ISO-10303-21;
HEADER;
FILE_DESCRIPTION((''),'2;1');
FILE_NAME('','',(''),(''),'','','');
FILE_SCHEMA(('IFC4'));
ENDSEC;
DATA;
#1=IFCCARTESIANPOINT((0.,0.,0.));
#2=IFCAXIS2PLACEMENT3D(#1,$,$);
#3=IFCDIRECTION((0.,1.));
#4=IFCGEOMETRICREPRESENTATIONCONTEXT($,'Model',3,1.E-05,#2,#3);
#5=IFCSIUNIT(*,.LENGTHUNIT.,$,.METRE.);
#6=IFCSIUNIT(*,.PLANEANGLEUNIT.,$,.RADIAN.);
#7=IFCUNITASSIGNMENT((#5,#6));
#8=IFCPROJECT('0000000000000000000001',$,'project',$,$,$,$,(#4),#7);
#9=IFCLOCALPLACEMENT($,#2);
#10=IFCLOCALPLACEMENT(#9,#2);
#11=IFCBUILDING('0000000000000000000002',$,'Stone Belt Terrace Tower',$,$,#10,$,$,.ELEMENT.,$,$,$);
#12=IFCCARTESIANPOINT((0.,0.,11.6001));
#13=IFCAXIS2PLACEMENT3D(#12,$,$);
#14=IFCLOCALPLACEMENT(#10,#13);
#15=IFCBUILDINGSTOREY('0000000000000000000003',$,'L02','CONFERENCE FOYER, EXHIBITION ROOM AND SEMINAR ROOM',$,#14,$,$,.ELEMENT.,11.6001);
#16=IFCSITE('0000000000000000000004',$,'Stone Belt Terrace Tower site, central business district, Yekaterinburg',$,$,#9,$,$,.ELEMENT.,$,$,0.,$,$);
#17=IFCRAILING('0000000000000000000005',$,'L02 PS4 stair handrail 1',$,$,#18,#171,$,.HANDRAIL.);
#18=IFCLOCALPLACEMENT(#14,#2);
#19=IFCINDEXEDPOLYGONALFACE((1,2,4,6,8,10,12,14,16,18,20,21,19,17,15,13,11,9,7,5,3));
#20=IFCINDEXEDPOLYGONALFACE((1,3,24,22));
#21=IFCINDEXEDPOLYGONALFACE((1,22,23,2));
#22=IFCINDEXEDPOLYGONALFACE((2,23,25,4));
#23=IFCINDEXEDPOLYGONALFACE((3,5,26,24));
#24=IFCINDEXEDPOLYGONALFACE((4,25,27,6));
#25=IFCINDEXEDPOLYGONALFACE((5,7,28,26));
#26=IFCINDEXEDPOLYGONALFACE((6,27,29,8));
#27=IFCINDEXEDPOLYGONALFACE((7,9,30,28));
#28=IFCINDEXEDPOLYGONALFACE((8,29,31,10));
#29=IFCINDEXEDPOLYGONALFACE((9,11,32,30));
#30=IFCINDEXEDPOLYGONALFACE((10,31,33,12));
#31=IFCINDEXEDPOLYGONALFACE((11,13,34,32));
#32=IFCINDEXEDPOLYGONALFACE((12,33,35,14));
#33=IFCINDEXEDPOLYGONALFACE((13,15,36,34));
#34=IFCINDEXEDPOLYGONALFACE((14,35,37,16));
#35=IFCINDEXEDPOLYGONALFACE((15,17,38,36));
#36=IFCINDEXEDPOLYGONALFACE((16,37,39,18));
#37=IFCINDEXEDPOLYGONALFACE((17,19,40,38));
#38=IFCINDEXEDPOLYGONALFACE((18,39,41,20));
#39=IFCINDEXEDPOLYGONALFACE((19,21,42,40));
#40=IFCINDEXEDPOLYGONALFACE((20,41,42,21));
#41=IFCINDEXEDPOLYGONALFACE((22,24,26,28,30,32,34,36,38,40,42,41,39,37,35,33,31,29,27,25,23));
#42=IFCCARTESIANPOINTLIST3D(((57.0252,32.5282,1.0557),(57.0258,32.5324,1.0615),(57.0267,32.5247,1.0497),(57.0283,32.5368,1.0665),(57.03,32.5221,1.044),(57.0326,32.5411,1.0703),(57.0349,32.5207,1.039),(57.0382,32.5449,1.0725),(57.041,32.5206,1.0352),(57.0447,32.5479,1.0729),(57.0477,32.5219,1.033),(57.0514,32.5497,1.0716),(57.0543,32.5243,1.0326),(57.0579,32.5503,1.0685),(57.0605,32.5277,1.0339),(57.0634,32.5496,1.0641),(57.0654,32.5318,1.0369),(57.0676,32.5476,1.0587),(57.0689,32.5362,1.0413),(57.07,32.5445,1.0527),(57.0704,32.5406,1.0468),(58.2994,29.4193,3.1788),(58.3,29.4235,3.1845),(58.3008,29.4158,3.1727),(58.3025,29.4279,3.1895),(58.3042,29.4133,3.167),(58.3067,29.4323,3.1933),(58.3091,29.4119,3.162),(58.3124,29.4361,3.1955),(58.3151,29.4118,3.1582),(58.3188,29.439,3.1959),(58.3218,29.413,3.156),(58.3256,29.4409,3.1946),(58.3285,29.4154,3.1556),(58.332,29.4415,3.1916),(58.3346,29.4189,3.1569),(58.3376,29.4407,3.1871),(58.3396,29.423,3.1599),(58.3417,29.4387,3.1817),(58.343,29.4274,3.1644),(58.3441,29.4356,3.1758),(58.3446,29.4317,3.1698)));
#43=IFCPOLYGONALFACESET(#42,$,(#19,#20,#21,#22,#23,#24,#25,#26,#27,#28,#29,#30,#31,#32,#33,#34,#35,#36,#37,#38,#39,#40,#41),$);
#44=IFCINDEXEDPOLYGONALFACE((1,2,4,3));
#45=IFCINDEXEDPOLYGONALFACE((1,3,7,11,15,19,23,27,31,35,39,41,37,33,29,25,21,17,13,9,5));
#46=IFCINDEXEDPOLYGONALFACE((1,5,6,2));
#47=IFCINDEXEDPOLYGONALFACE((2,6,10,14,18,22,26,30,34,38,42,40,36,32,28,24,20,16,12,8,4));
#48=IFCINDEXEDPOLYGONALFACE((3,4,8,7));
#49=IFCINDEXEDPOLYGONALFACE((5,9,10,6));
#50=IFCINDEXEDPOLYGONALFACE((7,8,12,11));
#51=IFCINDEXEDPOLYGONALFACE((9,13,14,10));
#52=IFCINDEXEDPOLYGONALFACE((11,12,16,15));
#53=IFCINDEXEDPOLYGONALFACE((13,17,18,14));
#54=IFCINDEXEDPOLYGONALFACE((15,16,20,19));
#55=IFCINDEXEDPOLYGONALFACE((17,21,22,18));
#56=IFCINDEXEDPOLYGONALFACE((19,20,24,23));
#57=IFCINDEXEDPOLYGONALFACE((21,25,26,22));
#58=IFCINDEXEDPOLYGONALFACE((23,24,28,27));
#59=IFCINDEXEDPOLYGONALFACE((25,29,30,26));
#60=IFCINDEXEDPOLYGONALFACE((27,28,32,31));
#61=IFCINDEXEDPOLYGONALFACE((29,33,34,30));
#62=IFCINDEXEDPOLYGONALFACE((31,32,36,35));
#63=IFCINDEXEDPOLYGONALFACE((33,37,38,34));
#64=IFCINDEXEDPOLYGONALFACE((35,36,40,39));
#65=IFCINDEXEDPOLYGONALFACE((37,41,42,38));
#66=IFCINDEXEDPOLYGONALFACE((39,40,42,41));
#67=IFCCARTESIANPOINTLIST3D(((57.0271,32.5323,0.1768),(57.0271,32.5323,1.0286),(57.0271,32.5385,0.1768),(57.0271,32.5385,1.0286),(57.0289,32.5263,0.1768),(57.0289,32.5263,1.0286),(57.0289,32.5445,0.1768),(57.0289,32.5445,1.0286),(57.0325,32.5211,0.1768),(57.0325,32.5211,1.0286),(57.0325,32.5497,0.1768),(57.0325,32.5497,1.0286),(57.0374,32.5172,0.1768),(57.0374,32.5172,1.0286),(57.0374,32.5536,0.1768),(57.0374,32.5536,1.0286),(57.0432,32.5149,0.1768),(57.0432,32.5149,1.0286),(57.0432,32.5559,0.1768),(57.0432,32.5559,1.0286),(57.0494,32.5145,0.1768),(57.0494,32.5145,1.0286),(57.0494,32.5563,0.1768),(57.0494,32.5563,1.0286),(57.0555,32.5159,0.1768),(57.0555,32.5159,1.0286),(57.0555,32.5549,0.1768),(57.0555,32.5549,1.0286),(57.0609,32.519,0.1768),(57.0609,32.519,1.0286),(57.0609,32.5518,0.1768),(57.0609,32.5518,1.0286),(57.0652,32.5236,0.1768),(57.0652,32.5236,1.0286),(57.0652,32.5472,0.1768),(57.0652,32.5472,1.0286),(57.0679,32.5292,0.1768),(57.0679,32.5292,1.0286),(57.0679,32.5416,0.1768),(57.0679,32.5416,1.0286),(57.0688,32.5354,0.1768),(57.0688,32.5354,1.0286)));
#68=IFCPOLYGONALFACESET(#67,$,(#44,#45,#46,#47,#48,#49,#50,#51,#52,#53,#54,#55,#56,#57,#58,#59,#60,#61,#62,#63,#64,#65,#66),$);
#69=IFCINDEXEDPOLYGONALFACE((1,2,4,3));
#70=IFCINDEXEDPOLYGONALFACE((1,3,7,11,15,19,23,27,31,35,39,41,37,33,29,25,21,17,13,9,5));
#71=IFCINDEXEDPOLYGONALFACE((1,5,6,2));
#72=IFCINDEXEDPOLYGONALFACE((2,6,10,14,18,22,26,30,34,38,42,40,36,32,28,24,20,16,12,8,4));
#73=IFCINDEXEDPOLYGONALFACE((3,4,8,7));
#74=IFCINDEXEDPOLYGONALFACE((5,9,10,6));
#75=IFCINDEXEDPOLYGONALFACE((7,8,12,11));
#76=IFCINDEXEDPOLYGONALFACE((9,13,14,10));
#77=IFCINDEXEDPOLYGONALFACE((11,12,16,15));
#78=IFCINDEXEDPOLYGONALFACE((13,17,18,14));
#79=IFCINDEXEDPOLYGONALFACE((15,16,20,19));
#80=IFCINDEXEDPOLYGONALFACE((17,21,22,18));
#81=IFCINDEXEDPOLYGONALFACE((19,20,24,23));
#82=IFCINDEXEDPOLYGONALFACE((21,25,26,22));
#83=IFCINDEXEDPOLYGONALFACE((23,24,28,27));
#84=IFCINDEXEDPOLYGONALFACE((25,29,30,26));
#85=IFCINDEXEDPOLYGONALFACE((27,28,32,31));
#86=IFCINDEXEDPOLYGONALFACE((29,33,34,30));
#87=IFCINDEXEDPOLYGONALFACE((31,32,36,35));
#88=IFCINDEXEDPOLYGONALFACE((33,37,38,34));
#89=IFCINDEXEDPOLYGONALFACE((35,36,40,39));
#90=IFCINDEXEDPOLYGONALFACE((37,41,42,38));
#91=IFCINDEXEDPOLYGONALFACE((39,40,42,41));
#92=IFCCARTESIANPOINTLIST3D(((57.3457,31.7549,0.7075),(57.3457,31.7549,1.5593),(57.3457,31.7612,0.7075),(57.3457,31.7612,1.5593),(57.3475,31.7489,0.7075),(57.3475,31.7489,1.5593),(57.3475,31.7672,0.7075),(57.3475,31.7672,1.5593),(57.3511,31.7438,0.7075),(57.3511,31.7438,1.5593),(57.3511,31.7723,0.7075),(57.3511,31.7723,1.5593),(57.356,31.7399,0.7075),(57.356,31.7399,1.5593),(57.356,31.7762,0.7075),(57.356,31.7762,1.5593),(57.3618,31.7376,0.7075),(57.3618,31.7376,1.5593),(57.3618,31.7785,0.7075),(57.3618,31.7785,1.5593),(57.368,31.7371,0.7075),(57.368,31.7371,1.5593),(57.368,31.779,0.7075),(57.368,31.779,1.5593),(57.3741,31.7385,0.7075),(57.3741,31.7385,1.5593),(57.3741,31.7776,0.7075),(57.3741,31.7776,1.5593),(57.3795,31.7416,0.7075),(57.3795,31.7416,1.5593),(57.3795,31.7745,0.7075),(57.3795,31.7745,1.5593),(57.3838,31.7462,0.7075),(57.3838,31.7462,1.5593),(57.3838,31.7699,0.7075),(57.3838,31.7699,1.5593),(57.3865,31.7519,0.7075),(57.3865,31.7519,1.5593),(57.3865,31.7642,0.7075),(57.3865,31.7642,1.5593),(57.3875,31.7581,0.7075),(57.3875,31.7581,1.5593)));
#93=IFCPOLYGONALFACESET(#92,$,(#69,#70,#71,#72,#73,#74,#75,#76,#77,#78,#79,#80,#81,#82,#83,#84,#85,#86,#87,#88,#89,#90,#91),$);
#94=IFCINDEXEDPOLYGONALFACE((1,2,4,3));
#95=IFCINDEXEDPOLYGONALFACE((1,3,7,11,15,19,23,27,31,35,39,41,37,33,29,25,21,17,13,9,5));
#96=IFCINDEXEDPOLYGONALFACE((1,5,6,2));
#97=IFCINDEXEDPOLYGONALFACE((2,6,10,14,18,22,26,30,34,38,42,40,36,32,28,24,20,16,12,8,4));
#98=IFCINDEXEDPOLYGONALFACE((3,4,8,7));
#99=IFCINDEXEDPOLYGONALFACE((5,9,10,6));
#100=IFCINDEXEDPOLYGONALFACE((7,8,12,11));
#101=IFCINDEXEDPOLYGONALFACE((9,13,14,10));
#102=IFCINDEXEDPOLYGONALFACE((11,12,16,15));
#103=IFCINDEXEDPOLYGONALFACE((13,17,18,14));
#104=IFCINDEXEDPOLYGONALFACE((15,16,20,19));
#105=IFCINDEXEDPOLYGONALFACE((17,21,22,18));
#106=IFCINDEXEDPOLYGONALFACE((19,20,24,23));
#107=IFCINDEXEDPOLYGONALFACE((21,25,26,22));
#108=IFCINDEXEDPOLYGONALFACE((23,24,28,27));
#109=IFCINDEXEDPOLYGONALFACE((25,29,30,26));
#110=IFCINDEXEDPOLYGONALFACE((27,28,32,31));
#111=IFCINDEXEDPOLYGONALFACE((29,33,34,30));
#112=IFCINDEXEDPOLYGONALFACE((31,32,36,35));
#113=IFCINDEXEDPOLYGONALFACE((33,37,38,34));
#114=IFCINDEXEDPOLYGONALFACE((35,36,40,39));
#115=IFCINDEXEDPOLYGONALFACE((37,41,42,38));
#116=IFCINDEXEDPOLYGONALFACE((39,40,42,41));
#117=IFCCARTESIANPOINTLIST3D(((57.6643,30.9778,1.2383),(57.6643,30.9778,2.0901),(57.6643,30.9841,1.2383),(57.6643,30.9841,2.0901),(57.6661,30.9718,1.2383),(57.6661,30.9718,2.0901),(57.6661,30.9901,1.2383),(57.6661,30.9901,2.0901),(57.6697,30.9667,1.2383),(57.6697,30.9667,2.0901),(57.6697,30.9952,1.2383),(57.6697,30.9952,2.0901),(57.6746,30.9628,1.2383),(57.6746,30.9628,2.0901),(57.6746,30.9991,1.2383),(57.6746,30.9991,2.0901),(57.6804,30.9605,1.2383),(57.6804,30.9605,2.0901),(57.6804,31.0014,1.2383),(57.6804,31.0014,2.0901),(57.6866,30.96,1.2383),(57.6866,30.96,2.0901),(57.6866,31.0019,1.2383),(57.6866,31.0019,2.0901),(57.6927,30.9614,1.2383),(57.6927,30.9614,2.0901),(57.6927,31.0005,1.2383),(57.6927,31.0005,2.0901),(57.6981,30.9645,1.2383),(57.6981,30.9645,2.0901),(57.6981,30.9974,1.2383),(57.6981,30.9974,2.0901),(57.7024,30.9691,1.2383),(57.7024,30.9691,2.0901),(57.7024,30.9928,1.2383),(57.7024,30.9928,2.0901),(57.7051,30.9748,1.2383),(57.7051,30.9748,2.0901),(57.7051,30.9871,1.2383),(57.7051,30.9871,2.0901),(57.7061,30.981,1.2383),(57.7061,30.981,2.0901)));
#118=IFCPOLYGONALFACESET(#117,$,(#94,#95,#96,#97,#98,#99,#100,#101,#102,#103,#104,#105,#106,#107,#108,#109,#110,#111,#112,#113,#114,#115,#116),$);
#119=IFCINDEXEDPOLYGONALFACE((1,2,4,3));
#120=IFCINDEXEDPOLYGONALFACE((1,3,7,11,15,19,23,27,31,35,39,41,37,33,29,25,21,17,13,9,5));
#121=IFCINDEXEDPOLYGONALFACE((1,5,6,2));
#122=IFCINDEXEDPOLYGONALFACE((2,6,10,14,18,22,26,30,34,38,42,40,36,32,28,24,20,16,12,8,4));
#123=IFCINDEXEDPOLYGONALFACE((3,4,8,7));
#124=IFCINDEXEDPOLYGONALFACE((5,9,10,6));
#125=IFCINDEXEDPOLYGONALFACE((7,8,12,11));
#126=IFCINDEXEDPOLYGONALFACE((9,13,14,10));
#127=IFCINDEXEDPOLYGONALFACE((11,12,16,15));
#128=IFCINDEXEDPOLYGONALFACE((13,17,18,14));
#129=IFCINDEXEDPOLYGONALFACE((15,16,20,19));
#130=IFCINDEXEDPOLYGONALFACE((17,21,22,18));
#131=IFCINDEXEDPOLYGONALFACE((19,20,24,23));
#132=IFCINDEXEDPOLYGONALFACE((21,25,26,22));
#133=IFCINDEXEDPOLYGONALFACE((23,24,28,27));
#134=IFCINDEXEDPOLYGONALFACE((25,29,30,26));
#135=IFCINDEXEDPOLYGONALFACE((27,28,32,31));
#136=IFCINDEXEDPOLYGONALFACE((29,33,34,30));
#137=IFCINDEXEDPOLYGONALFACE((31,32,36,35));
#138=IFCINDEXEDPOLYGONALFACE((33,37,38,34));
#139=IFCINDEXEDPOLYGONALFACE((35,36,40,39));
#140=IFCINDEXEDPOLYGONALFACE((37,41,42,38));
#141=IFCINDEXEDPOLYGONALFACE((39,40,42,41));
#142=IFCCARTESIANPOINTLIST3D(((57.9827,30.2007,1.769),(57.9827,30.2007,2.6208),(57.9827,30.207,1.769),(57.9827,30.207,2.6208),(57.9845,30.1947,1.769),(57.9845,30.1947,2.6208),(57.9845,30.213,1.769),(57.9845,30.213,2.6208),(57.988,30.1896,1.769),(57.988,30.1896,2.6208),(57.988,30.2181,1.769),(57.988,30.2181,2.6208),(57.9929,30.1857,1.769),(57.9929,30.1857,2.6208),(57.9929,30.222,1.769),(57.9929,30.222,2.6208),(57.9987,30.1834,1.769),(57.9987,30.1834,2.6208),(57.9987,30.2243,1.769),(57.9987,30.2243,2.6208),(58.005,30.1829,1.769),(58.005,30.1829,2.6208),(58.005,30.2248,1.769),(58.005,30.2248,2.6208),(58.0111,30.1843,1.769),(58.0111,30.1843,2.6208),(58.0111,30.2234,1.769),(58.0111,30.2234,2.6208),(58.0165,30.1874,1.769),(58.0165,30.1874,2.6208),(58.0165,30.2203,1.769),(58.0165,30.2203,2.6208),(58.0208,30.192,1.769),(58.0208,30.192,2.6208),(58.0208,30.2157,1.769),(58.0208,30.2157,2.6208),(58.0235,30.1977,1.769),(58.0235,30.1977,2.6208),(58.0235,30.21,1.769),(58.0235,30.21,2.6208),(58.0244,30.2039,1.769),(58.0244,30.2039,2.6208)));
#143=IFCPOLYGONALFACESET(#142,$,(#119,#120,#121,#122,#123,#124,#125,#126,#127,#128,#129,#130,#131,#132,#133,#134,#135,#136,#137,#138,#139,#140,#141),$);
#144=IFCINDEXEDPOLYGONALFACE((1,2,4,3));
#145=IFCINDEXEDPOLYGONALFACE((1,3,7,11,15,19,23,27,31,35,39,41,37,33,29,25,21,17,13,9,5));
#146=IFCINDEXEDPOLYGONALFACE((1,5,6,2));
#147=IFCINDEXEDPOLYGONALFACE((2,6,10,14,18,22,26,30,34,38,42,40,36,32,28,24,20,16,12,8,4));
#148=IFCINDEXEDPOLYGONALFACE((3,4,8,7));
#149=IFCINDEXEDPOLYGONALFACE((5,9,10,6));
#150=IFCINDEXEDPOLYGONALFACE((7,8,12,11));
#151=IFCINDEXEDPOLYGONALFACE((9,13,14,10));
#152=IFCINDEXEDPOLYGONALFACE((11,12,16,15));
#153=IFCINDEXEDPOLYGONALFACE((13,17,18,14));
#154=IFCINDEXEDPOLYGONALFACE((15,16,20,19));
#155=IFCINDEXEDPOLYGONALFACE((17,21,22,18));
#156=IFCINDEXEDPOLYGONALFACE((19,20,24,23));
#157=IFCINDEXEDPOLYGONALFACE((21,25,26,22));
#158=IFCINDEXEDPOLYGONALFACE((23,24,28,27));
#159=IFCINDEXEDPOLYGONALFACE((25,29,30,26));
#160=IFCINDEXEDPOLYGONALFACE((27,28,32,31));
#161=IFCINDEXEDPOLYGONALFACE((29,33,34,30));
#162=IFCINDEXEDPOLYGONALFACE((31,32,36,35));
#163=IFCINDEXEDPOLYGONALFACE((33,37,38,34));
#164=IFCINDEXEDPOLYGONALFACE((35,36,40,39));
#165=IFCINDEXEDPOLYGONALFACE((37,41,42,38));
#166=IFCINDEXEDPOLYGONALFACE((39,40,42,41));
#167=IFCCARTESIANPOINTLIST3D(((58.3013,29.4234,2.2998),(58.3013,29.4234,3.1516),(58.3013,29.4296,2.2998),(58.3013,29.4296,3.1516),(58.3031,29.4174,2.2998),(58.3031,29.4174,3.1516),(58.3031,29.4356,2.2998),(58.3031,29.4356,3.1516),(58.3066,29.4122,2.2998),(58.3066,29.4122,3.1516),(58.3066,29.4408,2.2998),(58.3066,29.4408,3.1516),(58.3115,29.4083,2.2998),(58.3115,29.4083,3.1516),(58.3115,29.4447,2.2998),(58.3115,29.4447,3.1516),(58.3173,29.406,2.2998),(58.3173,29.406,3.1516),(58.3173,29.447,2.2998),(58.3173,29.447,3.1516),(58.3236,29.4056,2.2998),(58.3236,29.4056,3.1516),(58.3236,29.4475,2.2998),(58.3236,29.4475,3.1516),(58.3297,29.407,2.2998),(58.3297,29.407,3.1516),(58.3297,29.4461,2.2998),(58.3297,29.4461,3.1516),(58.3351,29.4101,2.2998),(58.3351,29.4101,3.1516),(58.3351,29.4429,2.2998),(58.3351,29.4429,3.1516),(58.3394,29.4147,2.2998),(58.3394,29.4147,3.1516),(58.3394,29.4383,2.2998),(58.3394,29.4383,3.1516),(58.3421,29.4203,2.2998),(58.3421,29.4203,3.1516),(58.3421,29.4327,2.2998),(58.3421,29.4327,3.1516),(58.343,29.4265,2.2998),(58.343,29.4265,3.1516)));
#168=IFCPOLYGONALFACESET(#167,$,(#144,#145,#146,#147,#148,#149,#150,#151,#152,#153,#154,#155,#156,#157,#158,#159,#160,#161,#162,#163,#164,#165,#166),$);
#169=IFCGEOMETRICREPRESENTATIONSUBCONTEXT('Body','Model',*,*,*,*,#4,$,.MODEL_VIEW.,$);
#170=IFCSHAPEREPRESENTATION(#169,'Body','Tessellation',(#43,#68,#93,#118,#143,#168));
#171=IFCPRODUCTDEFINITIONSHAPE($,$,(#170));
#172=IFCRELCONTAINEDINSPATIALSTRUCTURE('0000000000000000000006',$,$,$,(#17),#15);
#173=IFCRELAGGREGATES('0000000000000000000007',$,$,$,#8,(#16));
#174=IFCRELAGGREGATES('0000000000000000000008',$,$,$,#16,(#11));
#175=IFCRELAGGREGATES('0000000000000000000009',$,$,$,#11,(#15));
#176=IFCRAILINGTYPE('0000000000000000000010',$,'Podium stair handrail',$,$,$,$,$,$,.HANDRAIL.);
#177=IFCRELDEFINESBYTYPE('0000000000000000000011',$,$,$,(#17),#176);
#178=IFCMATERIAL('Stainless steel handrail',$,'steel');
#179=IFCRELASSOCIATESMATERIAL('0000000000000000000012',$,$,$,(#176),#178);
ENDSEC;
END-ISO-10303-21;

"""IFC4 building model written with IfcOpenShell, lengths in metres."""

from ifc_helpers import new_model, si_unit, direction, frame, origin, origin_2d, place, context, subcontext, project, spatial, circle, extrude, material, type_object, element, save


model = new_model("IFC4")

# Units and contexts
model_context = context("Model", 3, precision=1e-05, world=origin(), true_north=direction((0.0, 1.0)))
body_context = subcontext(model_context, "Body", "Model", "MODEL_VIEW")
ifc_project = project(units=[si_unit("LENGTHUNIT", "METRE"), si_unit("PLANEANGLEUNIT", "RADIAN")], contexts=[model_context])

# Site, building, storey
site_placement = place(None, origin())
site = spatial("IfcSite", under=ifc_project, at=site_placement, Name="Stone Belt Terrace Tower site, central business district, Yekaterinburg", CompositionType="ELEMENT", RefElevation=0.0)
building_placement = place(site_placement, origin())
building = spatial("IfcBuilding", under=site, at=building_placement, Name="Stone Belt Terrace Tower", CompositionType="ELEMENT")
storey_placement = place(building_placement, frame((0.0, 0.0, 11.6001)))
storey = spatial("IfcBuildingStorey", under=building, at=storey_placement, Name="L02", Description="CONFERENCE FOYER, EXHIBITION ROOM AND SEMINAR ROOM", CompositionType="ELEMENT", Elevation=11.6001)

# Railing
ifc_material_1 = material(Name="Stainless steel handrail", Category="steel")
railing_type_1 = type_object("IfcRailingType", Name="Podium stair handrail", PredefinedType="HANDRAIL", material=ifc_material_1)
railing_1_placement = place(storey_placement, frame((57.0479, 32.5354, 0.1768)))
element("IfcRailing", 1, at=railing_1_placement, inside=storey, type_object=railing_type_1, Name="L02 PS4 stair handrail 1", PredefinedType="HANDRAIL", context=body_context, shape_type="SweptSolid", body=[
    extrude(circle(Radius=0.0239, at=origin_2d()), frame((0.0, 0.0, 0.876), z_axis=(0.320593, -0.782224, 0.534178), x_axis=(0.925301, 0.379233, 0.0)), (0.0, 0.0, 1.0), 3.9744),
    extrude(circle(Radius=0.021, at=origin_2d()), origin(), (0.0, 0.0, 1.0), 0.8518),
    extrude(circle(Radius=0.021, at=origin_2d()), frame((0.3186, -0.7773, 0.5308)), (0.0, 0.0, 1.0), 0.8518),
    extrude(circle(Radius=0.021, at=origin_2d()), frame((0.6372, -1.5544, 1.0615)), (0.0, 0.0, 1.0), 0.8518),
    extrude(circle(Radius=0.021, at=origin_2d()), frame((0.9556, -2.3315, 1.5923)), (0.0, 0.0, 1.0), 0.8518),
    extrude(circle(Radius=0.021, at=origin_2d()), frame((1.2742, -3.1089, 2.123)), (0.0, 0.0, 1.0), 0.8518),
])

save(model, "model.ifc")
